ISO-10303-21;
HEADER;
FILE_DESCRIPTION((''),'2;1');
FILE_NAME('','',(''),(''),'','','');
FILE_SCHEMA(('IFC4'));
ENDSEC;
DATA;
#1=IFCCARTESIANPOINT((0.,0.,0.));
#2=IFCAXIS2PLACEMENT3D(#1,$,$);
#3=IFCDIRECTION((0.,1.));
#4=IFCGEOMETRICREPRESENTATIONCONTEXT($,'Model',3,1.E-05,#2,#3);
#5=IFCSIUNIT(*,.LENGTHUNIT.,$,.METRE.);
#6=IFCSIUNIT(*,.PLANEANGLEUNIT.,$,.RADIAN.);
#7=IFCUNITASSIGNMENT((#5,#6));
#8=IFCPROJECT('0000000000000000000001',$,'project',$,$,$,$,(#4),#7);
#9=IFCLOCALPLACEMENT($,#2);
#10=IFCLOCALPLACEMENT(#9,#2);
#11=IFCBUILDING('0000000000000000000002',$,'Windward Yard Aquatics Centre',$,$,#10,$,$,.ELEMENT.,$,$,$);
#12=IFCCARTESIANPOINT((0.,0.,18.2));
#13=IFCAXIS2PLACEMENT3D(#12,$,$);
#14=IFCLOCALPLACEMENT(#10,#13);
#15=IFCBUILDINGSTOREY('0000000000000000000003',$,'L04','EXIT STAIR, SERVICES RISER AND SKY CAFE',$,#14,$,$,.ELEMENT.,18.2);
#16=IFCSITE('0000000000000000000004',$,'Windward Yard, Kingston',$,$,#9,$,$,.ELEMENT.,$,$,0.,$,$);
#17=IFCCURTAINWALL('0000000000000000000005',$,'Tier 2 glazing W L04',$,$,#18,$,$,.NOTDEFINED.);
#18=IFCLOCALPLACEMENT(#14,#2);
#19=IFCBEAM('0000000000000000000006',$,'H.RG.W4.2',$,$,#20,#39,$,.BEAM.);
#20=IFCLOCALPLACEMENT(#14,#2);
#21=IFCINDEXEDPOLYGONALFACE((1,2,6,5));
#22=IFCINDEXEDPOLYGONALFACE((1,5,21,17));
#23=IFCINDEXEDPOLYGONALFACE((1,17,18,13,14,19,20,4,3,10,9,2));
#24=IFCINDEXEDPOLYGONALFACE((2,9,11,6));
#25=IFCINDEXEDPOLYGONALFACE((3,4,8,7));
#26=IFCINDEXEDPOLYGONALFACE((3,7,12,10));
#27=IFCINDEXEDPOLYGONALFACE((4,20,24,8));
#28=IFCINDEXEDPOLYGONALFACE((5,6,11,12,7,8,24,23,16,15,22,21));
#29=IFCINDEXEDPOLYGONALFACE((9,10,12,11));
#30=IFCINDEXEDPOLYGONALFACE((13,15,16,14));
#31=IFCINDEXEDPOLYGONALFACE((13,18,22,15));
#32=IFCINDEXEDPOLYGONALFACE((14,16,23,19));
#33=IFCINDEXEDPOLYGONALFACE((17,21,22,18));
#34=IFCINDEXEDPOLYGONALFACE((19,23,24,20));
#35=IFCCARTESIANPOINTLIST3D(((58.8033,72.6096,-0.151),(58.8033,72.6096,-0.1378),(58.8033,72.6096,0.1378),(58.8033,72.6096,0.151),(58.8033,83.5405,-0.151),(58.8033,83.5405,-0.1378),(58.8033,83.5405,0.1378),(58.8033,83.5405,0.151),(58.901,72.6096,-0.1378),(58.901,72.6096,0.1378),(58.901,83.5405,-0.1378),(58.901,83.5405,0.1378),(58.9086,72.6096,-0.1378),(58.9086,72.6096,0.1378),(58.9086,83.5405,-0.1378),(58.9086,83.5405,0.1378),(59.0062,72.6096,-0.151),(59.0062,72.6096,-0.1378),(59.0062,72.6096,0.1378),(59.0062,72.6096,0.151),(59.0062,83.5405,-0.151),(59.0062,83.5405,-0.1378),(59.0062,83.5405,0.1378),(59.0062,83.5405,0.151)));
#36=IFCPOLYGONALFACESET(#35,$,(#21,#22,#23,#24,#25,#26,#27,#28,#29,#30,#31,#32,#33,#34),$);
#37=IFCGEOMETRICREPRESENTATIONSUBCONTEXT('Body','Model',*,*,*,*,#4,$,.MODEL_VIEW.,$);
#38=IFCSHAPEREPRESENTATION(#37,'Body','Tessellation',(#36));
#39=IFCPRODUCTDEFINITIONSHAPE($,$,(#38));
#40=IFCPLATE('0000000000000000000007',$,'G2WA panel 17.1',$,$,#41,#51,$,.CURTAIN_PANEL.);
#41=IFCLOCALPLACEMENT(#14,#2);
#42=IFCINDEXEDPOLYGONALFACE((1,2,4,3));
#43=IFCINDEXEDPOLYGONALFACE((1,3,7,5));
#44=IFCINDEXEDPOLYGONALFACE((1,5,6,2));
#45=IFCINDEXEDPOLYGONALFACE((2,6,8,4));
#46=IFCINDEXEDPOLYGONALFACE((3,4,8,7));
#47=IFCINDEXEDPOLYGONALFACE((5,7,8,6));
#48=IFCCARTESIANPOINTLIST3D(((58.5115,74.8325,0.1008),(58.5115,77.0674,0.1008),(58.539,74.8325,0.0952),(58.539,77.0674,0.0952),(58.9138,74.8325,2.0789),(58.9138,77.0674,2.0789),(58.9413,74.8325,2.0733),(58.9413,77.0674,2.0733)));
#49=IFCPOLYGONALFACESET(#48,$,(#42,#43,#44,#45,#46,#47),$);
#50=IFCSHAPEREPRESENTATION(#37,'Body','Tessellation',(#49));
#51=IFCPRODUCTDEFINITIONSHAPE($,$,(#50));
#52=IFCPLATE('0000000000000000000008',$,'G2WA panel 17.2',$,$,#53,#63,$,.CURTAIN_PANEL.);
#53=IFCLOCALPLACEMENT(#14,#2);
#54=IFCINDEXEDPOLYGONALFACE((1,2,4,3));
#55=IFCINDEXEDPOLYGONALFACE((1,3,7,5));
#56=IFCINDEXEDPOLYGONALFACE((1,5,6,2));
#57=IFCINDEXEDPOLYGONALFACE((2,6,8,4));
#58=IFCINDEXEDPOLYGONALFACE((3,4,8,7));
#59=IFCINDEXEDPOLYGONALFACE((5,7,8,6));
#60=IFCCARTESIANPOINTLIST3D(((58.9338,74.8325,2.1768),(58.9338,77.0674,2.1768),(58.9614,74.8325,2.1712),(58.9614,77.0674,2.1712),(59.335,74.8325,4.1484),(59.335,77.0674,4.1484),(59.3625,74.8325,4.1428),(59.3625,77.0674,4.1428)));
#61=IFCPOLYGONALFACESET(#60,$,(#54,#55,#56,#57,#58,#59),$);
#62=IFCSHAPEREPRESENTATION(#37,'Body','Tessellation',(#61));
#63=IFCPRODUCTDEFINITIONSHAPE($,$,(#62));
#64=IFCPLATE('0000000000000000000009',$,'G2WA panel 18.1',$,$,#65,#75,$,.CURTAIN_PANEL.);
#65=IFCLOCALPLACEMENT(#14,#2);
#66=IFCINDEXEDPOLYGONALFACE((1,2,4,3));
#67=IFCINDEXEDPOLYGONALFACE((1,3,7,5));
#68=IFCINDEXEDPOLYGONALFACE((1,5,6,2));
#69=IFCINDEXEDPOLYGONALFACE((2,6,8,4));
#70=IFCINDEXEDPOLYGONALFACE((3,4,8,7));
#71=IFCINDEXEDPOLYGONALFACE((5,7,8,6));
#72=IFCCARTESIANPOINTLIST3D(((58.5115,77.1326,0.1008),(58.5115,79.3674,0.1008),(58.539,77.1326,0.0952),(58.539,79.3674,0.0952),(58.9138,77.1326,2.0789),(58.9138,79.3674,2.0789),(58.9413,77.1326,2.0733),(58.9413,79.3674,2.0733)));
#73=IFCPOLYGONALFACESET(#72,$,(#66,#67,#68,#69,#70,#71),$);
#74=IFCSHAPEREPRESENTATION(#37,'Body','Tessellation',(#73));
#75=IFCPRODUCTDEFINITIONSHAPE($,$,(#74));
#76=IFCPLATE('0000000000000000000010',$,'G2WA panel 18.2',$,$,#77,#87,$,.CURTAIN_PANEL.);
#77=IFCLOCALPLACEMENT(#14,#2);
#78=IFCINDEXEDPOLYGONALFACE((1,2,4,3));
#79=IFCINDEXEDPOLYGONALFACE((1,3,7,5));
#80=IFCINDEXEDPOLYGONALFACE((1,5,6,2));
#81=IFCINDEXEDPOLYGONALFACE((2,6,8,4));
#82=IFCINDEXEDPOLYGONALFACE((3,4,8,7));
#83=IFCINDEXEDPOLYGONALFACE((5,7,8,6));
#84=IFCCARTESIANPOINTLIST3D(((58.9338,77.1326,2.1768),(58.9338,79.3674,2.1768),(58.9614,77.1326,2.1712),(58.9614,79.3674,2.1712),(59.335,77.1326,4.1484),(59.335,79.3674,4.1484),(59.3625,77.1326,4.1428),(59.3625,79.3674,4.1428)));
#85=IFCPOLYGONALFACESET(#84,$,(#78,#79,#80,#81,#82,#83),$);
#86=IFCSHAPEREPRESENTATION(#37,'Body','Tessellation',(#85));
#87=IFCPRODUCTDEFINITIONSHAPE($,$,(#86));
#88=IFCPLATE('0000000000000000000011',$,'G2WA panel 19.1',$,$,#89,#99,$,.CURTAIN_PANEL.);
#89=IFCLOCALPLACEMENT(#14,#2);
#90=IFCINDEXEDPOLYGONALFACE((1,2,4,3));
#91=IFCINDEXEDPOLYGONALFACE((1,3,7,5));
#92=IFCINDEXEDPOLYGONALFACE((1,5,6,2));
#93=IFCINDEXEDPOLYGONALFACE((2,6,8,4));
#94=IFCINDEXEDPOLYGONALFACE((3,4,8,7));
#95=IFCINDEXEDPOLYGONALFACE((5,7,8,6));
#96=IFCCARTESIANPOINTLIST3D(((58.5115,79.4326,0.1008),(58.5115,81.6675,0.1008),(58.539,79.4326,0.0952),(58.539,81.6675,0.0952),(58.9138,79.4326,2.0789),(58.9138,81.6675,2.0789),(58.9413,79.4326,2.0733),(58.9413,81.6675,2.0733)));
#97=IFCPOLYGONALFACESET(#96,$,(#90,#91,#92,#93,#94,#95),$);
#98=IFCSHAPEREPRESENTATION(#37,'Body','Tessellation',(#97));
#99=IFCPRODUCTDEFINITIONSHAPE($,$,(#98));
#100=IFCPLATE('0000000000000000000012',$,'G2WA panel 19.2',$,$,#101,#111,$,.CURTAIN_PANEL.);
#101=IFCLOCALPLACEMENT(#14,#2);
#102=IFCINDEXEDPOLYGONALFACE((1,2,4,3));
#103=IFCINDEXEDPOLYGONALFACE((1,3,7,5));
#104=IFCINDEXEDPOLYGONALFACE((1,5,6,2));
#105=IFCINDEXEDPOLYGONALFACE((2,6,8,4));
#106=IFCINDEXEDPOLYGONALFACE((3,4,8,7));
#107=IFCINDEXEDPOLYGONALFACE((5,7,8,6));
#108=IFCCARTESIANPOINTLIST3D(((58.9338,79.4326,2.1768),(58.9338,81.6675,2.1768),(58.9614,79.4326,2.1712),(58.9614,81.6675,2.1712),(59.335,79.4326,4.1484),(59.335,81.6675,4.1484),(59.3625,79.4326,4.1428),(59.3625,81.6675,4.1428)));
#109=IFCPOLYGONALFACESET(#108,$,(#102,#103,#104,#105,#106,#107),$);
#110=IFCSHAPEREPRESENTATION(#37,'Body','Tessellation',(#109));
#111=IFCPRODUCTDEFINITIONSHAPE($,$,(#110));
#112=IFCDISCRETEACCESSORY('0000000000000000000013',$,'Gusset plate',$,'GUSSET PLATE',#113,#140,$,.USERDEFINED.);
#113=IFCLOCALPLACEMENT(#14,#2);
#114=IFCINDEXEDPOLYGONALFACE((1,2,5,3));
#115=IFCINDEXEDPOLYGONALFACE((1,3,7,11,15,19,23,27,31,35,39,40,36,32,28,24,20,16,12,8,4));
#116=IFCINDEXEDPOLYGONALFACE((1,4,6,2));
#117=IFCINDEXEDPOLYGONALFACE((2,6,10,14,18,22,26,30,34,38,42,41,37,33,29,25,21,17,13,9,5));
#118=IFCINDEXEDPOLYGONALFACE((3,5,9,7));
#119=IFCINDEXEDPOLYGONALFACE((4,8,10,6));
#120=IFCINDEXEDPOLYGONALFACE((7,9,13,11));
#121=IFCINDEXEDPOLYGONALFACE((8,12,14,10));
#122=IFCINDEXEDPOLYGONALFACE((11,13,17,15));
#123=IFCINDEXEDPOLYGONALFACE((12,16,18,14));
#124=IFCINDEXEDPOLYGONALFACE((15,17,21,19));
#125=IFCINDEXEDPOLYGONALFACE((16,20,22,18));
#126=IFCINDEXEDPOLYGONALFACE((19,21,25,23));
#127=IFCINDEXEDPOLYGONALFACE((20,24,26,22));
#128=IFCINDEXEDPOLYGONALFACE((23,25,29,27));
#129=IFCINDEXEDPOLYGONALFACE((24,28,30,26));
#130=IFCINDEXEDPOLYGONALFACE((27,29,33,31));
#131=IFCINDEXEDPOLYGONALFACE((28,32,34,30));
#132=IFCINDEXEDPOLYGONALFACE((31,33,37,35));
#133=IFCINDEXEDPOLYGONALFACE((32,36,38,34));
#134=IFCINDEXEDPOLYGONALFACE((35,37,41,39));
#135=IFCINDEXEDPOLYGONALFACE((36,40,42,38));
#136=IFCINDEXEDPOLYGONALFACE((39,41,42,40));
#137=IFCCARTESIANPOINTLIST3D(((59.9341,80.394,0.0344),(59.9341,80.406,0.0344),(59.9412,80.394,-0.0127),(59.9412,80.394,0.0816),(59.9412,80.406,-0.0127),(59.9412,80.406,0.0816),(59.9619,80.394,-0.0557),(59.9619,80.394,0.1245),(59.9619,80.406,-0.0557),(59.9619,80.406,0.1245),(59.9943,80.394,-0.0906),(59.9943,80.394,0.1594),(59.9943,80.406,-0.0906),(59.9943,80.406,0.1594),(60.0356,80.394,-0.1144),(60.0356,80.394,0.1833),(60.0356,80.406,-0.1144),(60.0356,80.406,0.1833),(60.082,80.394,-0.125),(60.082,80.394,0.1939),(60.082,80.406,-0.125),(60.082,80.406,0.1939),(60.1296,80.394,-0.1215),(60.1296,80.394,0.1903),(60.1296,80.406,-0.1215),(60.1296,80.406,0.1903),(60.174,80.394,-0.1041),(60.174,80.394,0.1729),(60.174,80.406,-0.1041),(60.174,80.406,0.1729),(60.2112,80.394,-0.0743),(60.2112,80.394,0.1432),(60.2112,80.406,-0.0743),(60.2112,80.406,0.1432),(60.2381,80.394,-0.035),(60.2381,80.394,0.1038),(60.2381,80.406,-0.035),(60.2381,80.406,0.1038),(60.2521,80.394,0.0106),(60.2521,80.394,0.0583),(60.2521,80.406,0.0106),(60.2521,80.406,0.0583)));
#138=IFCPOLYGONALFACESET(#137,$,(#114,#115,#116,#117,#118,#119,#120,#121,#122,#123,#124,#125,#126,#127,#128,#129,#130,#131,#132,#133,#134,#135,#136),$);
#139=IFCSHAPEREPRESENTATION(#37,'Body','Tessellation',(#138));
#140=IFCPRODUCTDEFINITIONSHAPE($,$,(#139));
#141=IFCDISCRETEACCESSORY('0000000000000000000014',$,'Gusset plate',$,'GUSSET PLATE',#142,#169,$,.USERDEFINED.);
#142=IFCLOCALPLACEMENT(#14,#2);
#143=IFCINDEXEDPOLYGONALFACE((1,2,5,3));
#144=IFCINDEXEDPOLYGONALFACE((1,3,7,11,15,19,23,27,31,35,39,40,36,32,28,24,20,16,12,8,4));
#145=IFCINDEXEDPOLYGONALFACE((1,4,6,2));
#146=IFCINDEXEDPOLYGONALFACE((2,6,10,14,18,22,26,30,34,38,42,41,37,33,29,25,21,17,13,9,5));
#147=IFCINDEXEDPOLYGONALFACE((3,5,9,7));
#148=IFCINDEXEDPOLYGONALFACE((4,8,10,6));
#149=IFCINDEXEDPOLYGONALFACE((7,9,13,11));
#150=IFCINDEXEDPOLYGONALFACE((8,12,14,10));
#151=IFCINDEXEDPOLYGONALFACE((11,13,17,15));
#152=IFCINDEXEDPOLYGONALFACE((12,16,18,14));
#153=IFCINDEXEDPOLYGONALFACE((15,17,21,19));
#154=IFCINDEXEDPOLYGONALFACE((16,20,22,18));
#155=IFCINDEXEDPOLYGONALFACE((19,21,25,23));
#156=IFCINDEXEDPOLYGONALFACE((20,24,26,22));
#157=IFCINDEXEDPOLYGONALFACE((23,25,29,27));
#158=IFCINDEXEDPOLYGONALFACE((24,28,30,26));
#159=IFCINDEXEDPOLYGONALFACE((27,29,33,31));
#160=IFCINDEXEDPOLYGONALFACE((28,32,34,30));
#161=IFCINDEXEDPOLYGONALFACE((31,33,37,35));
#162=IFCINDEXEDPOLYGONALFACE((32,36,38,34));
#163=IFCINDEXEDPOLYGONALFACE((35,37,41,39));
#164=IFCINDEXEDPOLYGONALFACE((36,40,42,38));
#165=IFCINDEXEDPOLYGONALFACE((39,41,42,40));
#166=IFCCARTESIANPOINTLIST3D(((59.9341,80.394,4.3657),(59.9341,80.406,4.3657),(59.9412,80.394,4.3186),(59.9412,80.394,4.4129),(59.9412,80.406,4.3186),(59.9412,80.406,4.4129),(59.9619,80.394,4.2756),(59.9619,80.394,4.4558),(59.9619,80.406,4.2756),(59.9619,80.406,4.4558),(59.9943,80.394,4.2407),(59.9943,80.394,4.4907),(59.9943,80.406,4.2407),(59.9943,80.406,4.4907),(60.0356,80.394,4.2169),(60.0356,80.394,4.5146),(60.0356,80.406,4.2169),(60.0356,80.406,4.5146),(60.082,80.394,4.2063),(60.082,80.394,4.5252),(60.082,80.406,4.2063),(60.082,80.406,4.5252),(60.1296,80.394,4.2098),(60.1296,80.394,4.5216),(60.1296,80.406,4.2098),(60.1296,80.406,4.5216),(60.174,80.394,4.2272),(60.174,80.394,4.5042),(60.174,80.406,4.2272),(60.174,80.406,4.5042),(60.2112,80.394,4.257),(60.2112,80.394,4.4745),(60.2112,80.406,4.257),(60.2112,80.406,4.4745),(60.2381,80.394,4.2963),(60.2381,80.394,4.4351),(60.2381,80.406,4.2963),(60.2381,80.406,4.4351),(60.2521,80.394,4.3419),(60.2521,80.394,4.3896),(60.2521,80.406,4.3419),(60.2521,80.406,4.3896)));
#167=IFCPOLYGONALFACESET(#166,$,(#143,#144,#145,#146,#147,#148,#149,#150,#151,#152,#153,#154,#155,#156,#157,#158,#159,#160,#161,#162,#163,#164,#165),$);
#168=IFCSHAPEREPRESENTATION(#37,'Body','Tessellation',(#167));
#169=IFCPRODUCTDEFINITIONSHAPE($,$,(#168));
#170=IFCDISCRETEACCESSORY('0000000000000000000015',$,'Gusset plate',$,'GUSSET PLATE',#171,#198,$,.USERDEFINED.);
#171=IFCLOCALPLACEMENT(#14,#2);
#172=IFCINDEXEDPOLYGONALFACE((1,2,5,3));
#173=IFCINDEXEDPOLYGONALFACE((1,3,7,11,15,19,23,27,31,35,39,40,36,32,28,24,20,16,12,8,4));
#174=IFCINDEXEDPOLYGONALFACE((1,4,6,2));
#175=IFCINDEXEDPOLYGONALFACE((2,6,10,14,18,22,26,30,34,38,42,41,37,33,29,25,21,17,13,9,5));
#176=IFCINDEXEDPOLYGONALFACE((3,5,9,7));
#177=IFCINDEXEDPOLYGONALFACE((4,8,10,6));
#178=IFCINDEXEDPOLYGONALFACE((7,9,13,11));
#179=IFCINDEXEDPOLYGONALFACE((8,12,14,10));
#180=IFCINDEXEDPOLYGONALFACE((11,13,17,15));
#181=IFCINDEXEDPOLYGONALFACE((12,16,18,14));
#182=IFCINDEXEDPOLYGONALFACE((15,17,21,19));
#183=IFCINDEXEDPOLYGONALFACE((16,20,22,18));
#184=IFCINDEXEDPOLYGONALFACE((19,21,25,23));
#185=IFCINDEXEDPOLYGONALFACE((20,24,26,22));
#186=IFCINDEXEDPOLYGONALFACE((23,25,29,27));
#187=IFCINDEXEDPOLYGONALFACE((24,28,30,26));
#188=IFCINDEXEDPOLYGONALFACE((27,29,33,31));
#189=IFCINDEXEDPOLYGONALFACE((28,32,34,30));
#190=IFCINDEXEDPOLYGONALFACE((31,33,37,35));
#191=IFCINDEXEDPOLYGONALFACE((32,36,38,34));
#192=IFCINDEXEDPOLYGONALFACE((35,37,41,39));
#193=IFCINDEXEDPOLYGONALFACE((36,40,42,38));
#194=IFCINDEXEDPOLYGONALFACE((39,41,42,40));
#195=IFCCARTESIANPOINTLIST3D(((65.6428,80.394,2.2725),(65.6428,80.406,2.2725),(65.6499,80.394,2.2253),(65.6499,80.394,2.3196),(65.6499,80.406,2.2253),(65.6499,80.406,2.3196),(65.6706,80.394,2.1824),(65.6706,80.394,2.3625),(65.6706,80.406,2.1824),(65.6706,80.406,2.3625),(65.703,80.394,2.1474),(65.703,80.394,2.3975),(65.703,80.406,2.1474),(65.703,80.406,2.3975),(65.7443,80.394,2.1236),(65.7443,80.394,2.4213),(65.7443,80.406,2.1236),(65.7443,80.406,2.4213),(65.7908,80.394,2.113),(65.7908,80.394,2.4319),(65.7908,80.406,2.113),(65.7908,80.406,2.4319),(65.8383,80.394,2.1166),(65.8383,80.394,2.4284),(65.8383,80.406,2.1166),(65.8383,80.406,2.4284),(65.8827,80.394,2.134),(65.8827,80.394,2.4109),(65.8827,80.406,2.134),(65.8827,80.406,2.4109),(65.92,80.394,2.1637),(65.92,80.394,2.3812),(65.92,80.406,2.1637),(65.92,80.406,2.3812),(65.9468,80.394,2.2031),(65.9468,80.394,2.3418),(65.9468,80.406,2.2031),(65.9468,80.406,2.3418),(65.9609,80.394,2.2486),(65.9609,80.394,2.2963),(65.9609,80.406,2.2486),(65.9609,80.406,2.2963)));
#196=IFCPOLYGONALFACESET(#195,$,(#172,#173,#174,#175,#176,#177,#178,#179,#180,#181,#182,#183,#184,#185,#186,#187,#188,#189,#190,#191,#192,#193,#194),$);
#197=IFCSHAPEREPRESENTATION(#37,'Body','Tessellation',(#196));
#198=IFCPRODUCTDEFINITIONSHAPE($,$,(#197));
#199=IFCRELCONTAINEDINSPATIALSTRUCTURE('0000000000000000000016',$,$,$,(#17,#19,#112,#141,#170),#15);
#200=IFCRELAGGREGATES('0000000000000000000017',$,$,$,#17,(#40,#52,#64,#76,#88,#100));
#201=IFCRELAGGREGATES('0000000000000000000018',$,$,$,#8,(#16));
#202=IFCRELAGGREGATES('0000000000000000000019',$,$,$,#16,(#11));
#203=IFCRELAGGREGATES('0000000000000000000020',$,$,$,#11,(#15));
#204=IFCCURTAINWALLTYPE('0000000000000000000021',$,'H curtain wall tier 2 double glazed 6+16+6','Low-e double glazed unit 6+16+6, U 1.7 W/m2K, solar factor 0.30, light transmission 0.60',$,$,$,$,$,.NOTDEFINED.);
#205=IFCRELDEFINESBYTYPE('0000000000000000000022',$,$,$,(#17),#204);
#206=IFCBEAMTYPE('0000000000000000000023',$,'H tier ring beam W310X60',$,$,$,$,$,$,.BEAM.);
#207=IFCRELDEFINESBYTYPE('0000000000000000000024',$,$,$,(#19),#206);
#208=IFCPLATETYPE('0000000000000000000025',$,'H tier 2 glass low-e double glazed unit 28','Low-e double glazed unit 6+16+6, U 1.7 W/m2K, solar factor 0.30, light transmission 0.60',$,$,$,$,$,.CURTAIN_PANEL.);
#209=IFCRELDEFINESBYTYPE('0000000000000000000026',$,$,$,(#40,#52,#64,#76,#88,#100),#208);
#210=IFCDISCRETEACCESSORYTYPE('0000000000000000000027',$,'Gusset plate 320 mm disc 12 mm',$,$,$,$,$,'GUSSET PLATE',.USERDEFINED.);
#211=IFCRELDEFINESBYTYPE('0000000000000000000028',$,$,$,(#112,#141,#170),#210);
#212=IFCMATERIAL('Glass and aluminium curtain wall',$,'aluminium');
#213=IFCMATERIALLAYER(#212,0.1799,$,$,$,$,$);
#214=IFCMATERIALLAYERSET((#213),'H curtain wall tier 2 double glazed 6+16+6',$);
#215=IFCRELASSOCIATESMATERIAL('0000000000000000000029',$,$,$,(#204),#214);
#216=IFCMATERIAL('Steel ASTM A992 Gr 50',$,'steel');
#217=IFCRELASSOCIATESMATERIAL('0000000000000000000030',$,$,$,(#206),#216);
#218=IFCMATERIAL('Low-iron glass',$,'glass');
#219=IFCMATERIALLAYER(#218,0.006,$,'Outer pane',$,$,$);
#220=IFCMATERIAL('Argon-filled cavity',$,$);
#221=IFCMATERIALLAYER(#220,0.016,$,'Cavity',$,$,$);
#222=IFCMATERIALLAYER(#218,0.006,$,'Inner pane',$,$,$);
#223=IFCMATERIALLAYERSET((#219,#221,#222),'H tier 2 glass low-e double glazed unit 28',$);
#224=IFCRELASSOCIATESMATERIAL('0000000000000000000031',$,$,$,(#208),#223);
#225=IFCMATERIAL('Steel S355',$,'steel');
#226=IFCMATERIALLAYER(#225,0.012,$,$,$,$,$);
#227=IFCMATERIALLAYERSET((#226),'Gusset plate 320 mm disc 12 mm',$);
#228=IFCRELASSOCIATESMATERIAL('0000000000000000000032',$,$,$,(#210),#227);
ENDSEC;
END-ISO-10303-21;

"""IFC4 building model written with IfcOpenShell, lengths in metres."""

from ifc_helpers import new_model, si_unit, direction, frame, origin, origin_2d, place, context, subcontext, project, spatial, polyline, circle, i_section, outline, extrude, material, layer, layer_set, material_profile, profile_set, type_object, element, aggregate, save


model = new_model("IFC4")

# Units and contexts
model_context = context("Model", 3, precision=1e-05, world=origin(), true_north=direction((0.0, 1.0)))
body_context = subcontext(model_context, "Body", "Model", "MODEL_VIEW")
ifc_project = project(units=[si_unit("LENGTHUNIT", "METRE"), si_unit("PLANEANGLEUNIT", "RADIAN")], contexts=[model_context])

# Site, building, storey
site_placement = place(None, origin())
site = spatial("IfcSite", under=ifc_project, at=site_placement, Name="Windward Yard, Kingston", CompositionType="ELEMENT", RefElevation=0.0)
building_placement = place(site_placement, origin())
building = spatial("IfcBuilding", under=site, at=building_placement, Name="Windward Yard Aquatics Centre", CompositionType="ELEMENT")
storey_placement = place(building_placement, frame((0.0, 0.0, 18.2)))
storey = spatial("IfcBuildingStorey", under=building, at=storey_placement, Name="L04", Description="EXIT STAIR, SERVICES RISER AND SKY CAFE", CompositionType="ELEMENT", Elevation=18.2)

# Curtain wall
ifc_material_1 = material(Name="Glass and aluminium curtain wall", Category="aluminium")
ifc_layer_1 = layer(ifc_material_1, 0.1799)
ifc_layer_set_1 = layer_set([ifc_layer_1], Name="H curtain wall tier 2 double glazed 6+16+6")
curtain_wall_type = type_object("IfcCurtainWallType", Name="H curtain wall tier 2 double glazed 6+16+6", Description="Low-e double glazed unit 6+16+6, U 1.7 W/m2K, solar factor 0.30, light transmission 0.60", PredefinedType="NOTDEFINED", material=ifc_layer_set_1)
curtain_wall_placement = place(storey_placement, origin())
curtain_wall = element("IfcCurtainWall", 1, at=curtain_wall_placement, inside=storey, type_object=curtain_wall_type, Name="Tier 2 glazing W L04", PredefinedType="NOTDEFINED")

# Beam
ifc_material_2 = material(Name="Steel ASTM A992 Gr 50", Category="steel")
ifc_material_profile_1 = material_profile(ifc_material_2, i_section(OverallWidth=0.2029, OverallDepth=0.302, WebThickness=0.0076, FlangeThickness=0.0132, at=origin_2d()), Name="W310X60")
ifc_profile_set_1 = profile_set([ifc_material_profile_1], Name="Steel ASTM A992 Gr 50")
beam_type = type_object("IfcBeamType", Name="H tier ring beam W310X60", PredefinedType="BEAM", material=ifc_profile_set_1)
beam_placement = place(storey_placement, frame((58.9048, 72.6096, 0.0), z_axis=(0.0, 1.0, 0.0), x_axis=(-1.0, 0.0, 0.0)))
element("IfcBeam", 2, at=beam_placement, inside=storey, type_object=beam_type, Name="H.RG.W4.2", PredefinedType="BEAM", context=body_context, shape_type="SweptSolid", body=[
    extrude(i_section(OverallWidth=0.2029, OverallDepth=0.302, WebThickness=0.0076, FlangeThickness=0.0132, at=origin_2d()), origin(), (0.0, 0.0, 1.0), 10.9309),
])

# Plates
ifc_material_3 = material(Name="Low-iron glass", Category="glass")
ifc_layer_2 = layer(ifc_material_3, 0.006, Name="Outer pane")
ifc_material_4 = material(Name="Argon-filled cavity")
ifc_layer_3 = layer(ifc_material_4, 0.016, Name="Cavity")
ifc_layer_4 = layer(ifc_material_3, 0.006, Name="Inner pane")
ifc_layer_set_2 = layer_set([ifc_layer_2, ifc_layer_3, ifc_layer_4], Name="H tier 2 glass low-e double glazed unit 28")
plate_type = type_object("IfcPlateType", Name="H tier 2 glass low-e double glazed unit 28", Description="Low-e double glazed unit 6+16+6, U 1.7 W/m2K, solar factor 0.30, light transmission 0.60", PredefinedType="CURTAIN_PANEL", material=ifc_layer_set_2)
plate_1_placement = place(storey_placement, frame((58.5115, 74.8325, 0.1008), z_axis=(-0.979933, 0.0, 0.199325), x_axis=(0.0, 1.0, 0.0)))
plate_1 = element("IfcPlate", 3, at=plate_1_placement, type_object=plate_type, Name="G2WA panel 17.1", PredefinedType="CURTAIN_PANEL", context=body_context, shape_type="SweptSolid", body=[
    extrude(outline(polyline([(0.0, 0.0), (2.2349, 0.0), (2.2349, -2.0185), (0.0, -2.0185), (0.0, 0.0)])), origin(), (0.0, 0.0, -1.0), 0.0281),
])
plate_2_placement = place(storey_placement, frame((58.9338, 74.8325, 2.1768), z_axis=(-0.979927, 0.0, 0.199359), x_axis=(0.0, 1.0, 0.0)))
plate_2 = element("IfcPlate", 4, at=plate_2_placement, type_object=plate_type, Name="G2WA panel 17.2", PredefinedType="CURTAIN_PANEL", context=body_context, shape_type="SweptSolid", body=[
    extrude(outline(polyline([(0.0, 0.0), (2.2349, 0.0), (2.2349, -2.0121), (0.0, -2.0121), (0.0, 0.0)])), origin(), (0.0, 0.0, -1.0), 0.0281),
])
plate_3_placement = place(storey_placement, frame((58.5115, 77.1326, 0.1008), z_axis=(-0.979933, 0.0, 0.199325), x_axis=(0.0, 1.0, 0.0)))
plate_3 = element("IfcPlate", 5, at=plate_3_placement, type_object=plate_type, Name="G2WA panel 18.1", PredefinedType="CURTAIN_PANEL", context=body_context, shape_type="SweptSolid", body=[
    extrude(outline(polyline([(0.0, 0.0), (2.2349, 0.0), (2.2349, -2.0185), (0.0, -2.0185), (0.0, 0.0)])), origin(), (0.0, 0.0, -1.0), 0.0281),
])
plate_4_placement = place(storey_placement, frame((58.9338, 77.1326, 2.1768), z_axis=(-0.979927, 0.0, 0.199359), x_axis=(0.0, 1.0, 0.0)))
plate_4 = element("IfcPlate", 6, at=plate_4_placement, type_object=plate_type, Name="G2WA panel 18.2", PredefinedType="CURTAIN_PANEL", context=body_context, shape_type="SweptSolid", body=[
    extrude(outline(polyline([(0.0, 0.0), (2.2349, 0.0), (2.2349, -2.0121), (0.0, -2.0121), (0.0, 0.0)])), origin(), (0.0, 0.0, -1.0), 0.0281),
])
plate_5_placement = place(storey_placement, frame((58.5115, 79.4326, 0.1008), z_axis=(-0.979933, 0.0, 0.199325), x_axis=(0.0, 1.0, 0.0)))
plate_5 = element("IfcPlate", 7, at=plate_5_placement, type_object=plate_type, Name="G2WA panel 19.1", PredefinedType="CURTAIN_PANEL", context=body_context, shape_type="SweptSolid", body=[
    extrude(outline(polyline([(0.0, 0.0), (2.2349, 0.0), (2.2349, -2.0185), (0.0, -2.0185), (0.0, 0.0)])), origin(), (0.0, 0.0, -1.0), 0.0281),
])
plate_6_placement = place(storey_placement, frame((58.9338, 79.4326, 2.1768), z_axis=(-0.979927, 0.0, 0.199359), x_axis=(0.0, 1.0, 0.0)))
plate_6 = element("IfcPlate", 8, at=plate_6_placement, type_object=plate_type, Name="G2WA panel 19.2", PredefinedType="CURTAIN_PANEL", context=body_context, shape_type="SweptSolid", body=[
    extrude(outline(polyline([(0.0, 0.0), (2.2349, 0.0), (2.2349, -2.0121), (0.0, -2.0121), (0.0, 0.0)])), origin(), (0.0, 0.0, -1.0), 0.0281),
])
aggregate(curtain_wall, [plate_1, plate_2, plate_3, plate_4, plate_5, plate_6])

# Discrete accessories
ifc_material_5 = material(Name="Steel S355", Category="steel")
ifc_layer_5 = layer(ifc_material_5, 0.012)
ifc_layer_set_3 = layer_set([ifc_layer_5], Name="Gusset plate 320 mm disc 12 mm")
discrete_accessory_type = type_object("IfcDiscreteAccessoryType", Name="Gusset plate 320 mm disc 12 mm", ElementType="GUSSET PLATE", PredefinedType="USERDEFINED", material=ifc_layer_set_3)
for number, where, z_axis, x_axis, name in (
    (9, (60.094, 80.394, 0.0344), (0.0, 1.0, 0.0), (-1.0, 0.0, 0.0), "Gusset plate"),
    (10, (60.094, 80.394, 4.3657), (0.0, 1.0, 0.0), (-1.0, 0.0, 0.0), "Gusset plate"),
    (11, (65.8027, 80.394, 2.2725), (0.0, 1.0, 0.0), (-1.0, 0.0, 0.0), "Gusset plate"),
):
    element("IfcDiscreteAccessory", number, at=place(storey_placement, frame(where, z_axis=z_axis, x_axis=x_axis)), inside=storey, type_object=discrete_accessory_type, Name=name, ObjectType="GUSSET PLATE", PredefinedType="USERDEFINED", context=body_context, shape_type="SweptSolid", body=[
        extrude(circle(Radius=0.1599, at=origin_2d()), origin(), (0.0, 0.0, 1.0), 0.012),
    ])

save(model, "model.ifc")
